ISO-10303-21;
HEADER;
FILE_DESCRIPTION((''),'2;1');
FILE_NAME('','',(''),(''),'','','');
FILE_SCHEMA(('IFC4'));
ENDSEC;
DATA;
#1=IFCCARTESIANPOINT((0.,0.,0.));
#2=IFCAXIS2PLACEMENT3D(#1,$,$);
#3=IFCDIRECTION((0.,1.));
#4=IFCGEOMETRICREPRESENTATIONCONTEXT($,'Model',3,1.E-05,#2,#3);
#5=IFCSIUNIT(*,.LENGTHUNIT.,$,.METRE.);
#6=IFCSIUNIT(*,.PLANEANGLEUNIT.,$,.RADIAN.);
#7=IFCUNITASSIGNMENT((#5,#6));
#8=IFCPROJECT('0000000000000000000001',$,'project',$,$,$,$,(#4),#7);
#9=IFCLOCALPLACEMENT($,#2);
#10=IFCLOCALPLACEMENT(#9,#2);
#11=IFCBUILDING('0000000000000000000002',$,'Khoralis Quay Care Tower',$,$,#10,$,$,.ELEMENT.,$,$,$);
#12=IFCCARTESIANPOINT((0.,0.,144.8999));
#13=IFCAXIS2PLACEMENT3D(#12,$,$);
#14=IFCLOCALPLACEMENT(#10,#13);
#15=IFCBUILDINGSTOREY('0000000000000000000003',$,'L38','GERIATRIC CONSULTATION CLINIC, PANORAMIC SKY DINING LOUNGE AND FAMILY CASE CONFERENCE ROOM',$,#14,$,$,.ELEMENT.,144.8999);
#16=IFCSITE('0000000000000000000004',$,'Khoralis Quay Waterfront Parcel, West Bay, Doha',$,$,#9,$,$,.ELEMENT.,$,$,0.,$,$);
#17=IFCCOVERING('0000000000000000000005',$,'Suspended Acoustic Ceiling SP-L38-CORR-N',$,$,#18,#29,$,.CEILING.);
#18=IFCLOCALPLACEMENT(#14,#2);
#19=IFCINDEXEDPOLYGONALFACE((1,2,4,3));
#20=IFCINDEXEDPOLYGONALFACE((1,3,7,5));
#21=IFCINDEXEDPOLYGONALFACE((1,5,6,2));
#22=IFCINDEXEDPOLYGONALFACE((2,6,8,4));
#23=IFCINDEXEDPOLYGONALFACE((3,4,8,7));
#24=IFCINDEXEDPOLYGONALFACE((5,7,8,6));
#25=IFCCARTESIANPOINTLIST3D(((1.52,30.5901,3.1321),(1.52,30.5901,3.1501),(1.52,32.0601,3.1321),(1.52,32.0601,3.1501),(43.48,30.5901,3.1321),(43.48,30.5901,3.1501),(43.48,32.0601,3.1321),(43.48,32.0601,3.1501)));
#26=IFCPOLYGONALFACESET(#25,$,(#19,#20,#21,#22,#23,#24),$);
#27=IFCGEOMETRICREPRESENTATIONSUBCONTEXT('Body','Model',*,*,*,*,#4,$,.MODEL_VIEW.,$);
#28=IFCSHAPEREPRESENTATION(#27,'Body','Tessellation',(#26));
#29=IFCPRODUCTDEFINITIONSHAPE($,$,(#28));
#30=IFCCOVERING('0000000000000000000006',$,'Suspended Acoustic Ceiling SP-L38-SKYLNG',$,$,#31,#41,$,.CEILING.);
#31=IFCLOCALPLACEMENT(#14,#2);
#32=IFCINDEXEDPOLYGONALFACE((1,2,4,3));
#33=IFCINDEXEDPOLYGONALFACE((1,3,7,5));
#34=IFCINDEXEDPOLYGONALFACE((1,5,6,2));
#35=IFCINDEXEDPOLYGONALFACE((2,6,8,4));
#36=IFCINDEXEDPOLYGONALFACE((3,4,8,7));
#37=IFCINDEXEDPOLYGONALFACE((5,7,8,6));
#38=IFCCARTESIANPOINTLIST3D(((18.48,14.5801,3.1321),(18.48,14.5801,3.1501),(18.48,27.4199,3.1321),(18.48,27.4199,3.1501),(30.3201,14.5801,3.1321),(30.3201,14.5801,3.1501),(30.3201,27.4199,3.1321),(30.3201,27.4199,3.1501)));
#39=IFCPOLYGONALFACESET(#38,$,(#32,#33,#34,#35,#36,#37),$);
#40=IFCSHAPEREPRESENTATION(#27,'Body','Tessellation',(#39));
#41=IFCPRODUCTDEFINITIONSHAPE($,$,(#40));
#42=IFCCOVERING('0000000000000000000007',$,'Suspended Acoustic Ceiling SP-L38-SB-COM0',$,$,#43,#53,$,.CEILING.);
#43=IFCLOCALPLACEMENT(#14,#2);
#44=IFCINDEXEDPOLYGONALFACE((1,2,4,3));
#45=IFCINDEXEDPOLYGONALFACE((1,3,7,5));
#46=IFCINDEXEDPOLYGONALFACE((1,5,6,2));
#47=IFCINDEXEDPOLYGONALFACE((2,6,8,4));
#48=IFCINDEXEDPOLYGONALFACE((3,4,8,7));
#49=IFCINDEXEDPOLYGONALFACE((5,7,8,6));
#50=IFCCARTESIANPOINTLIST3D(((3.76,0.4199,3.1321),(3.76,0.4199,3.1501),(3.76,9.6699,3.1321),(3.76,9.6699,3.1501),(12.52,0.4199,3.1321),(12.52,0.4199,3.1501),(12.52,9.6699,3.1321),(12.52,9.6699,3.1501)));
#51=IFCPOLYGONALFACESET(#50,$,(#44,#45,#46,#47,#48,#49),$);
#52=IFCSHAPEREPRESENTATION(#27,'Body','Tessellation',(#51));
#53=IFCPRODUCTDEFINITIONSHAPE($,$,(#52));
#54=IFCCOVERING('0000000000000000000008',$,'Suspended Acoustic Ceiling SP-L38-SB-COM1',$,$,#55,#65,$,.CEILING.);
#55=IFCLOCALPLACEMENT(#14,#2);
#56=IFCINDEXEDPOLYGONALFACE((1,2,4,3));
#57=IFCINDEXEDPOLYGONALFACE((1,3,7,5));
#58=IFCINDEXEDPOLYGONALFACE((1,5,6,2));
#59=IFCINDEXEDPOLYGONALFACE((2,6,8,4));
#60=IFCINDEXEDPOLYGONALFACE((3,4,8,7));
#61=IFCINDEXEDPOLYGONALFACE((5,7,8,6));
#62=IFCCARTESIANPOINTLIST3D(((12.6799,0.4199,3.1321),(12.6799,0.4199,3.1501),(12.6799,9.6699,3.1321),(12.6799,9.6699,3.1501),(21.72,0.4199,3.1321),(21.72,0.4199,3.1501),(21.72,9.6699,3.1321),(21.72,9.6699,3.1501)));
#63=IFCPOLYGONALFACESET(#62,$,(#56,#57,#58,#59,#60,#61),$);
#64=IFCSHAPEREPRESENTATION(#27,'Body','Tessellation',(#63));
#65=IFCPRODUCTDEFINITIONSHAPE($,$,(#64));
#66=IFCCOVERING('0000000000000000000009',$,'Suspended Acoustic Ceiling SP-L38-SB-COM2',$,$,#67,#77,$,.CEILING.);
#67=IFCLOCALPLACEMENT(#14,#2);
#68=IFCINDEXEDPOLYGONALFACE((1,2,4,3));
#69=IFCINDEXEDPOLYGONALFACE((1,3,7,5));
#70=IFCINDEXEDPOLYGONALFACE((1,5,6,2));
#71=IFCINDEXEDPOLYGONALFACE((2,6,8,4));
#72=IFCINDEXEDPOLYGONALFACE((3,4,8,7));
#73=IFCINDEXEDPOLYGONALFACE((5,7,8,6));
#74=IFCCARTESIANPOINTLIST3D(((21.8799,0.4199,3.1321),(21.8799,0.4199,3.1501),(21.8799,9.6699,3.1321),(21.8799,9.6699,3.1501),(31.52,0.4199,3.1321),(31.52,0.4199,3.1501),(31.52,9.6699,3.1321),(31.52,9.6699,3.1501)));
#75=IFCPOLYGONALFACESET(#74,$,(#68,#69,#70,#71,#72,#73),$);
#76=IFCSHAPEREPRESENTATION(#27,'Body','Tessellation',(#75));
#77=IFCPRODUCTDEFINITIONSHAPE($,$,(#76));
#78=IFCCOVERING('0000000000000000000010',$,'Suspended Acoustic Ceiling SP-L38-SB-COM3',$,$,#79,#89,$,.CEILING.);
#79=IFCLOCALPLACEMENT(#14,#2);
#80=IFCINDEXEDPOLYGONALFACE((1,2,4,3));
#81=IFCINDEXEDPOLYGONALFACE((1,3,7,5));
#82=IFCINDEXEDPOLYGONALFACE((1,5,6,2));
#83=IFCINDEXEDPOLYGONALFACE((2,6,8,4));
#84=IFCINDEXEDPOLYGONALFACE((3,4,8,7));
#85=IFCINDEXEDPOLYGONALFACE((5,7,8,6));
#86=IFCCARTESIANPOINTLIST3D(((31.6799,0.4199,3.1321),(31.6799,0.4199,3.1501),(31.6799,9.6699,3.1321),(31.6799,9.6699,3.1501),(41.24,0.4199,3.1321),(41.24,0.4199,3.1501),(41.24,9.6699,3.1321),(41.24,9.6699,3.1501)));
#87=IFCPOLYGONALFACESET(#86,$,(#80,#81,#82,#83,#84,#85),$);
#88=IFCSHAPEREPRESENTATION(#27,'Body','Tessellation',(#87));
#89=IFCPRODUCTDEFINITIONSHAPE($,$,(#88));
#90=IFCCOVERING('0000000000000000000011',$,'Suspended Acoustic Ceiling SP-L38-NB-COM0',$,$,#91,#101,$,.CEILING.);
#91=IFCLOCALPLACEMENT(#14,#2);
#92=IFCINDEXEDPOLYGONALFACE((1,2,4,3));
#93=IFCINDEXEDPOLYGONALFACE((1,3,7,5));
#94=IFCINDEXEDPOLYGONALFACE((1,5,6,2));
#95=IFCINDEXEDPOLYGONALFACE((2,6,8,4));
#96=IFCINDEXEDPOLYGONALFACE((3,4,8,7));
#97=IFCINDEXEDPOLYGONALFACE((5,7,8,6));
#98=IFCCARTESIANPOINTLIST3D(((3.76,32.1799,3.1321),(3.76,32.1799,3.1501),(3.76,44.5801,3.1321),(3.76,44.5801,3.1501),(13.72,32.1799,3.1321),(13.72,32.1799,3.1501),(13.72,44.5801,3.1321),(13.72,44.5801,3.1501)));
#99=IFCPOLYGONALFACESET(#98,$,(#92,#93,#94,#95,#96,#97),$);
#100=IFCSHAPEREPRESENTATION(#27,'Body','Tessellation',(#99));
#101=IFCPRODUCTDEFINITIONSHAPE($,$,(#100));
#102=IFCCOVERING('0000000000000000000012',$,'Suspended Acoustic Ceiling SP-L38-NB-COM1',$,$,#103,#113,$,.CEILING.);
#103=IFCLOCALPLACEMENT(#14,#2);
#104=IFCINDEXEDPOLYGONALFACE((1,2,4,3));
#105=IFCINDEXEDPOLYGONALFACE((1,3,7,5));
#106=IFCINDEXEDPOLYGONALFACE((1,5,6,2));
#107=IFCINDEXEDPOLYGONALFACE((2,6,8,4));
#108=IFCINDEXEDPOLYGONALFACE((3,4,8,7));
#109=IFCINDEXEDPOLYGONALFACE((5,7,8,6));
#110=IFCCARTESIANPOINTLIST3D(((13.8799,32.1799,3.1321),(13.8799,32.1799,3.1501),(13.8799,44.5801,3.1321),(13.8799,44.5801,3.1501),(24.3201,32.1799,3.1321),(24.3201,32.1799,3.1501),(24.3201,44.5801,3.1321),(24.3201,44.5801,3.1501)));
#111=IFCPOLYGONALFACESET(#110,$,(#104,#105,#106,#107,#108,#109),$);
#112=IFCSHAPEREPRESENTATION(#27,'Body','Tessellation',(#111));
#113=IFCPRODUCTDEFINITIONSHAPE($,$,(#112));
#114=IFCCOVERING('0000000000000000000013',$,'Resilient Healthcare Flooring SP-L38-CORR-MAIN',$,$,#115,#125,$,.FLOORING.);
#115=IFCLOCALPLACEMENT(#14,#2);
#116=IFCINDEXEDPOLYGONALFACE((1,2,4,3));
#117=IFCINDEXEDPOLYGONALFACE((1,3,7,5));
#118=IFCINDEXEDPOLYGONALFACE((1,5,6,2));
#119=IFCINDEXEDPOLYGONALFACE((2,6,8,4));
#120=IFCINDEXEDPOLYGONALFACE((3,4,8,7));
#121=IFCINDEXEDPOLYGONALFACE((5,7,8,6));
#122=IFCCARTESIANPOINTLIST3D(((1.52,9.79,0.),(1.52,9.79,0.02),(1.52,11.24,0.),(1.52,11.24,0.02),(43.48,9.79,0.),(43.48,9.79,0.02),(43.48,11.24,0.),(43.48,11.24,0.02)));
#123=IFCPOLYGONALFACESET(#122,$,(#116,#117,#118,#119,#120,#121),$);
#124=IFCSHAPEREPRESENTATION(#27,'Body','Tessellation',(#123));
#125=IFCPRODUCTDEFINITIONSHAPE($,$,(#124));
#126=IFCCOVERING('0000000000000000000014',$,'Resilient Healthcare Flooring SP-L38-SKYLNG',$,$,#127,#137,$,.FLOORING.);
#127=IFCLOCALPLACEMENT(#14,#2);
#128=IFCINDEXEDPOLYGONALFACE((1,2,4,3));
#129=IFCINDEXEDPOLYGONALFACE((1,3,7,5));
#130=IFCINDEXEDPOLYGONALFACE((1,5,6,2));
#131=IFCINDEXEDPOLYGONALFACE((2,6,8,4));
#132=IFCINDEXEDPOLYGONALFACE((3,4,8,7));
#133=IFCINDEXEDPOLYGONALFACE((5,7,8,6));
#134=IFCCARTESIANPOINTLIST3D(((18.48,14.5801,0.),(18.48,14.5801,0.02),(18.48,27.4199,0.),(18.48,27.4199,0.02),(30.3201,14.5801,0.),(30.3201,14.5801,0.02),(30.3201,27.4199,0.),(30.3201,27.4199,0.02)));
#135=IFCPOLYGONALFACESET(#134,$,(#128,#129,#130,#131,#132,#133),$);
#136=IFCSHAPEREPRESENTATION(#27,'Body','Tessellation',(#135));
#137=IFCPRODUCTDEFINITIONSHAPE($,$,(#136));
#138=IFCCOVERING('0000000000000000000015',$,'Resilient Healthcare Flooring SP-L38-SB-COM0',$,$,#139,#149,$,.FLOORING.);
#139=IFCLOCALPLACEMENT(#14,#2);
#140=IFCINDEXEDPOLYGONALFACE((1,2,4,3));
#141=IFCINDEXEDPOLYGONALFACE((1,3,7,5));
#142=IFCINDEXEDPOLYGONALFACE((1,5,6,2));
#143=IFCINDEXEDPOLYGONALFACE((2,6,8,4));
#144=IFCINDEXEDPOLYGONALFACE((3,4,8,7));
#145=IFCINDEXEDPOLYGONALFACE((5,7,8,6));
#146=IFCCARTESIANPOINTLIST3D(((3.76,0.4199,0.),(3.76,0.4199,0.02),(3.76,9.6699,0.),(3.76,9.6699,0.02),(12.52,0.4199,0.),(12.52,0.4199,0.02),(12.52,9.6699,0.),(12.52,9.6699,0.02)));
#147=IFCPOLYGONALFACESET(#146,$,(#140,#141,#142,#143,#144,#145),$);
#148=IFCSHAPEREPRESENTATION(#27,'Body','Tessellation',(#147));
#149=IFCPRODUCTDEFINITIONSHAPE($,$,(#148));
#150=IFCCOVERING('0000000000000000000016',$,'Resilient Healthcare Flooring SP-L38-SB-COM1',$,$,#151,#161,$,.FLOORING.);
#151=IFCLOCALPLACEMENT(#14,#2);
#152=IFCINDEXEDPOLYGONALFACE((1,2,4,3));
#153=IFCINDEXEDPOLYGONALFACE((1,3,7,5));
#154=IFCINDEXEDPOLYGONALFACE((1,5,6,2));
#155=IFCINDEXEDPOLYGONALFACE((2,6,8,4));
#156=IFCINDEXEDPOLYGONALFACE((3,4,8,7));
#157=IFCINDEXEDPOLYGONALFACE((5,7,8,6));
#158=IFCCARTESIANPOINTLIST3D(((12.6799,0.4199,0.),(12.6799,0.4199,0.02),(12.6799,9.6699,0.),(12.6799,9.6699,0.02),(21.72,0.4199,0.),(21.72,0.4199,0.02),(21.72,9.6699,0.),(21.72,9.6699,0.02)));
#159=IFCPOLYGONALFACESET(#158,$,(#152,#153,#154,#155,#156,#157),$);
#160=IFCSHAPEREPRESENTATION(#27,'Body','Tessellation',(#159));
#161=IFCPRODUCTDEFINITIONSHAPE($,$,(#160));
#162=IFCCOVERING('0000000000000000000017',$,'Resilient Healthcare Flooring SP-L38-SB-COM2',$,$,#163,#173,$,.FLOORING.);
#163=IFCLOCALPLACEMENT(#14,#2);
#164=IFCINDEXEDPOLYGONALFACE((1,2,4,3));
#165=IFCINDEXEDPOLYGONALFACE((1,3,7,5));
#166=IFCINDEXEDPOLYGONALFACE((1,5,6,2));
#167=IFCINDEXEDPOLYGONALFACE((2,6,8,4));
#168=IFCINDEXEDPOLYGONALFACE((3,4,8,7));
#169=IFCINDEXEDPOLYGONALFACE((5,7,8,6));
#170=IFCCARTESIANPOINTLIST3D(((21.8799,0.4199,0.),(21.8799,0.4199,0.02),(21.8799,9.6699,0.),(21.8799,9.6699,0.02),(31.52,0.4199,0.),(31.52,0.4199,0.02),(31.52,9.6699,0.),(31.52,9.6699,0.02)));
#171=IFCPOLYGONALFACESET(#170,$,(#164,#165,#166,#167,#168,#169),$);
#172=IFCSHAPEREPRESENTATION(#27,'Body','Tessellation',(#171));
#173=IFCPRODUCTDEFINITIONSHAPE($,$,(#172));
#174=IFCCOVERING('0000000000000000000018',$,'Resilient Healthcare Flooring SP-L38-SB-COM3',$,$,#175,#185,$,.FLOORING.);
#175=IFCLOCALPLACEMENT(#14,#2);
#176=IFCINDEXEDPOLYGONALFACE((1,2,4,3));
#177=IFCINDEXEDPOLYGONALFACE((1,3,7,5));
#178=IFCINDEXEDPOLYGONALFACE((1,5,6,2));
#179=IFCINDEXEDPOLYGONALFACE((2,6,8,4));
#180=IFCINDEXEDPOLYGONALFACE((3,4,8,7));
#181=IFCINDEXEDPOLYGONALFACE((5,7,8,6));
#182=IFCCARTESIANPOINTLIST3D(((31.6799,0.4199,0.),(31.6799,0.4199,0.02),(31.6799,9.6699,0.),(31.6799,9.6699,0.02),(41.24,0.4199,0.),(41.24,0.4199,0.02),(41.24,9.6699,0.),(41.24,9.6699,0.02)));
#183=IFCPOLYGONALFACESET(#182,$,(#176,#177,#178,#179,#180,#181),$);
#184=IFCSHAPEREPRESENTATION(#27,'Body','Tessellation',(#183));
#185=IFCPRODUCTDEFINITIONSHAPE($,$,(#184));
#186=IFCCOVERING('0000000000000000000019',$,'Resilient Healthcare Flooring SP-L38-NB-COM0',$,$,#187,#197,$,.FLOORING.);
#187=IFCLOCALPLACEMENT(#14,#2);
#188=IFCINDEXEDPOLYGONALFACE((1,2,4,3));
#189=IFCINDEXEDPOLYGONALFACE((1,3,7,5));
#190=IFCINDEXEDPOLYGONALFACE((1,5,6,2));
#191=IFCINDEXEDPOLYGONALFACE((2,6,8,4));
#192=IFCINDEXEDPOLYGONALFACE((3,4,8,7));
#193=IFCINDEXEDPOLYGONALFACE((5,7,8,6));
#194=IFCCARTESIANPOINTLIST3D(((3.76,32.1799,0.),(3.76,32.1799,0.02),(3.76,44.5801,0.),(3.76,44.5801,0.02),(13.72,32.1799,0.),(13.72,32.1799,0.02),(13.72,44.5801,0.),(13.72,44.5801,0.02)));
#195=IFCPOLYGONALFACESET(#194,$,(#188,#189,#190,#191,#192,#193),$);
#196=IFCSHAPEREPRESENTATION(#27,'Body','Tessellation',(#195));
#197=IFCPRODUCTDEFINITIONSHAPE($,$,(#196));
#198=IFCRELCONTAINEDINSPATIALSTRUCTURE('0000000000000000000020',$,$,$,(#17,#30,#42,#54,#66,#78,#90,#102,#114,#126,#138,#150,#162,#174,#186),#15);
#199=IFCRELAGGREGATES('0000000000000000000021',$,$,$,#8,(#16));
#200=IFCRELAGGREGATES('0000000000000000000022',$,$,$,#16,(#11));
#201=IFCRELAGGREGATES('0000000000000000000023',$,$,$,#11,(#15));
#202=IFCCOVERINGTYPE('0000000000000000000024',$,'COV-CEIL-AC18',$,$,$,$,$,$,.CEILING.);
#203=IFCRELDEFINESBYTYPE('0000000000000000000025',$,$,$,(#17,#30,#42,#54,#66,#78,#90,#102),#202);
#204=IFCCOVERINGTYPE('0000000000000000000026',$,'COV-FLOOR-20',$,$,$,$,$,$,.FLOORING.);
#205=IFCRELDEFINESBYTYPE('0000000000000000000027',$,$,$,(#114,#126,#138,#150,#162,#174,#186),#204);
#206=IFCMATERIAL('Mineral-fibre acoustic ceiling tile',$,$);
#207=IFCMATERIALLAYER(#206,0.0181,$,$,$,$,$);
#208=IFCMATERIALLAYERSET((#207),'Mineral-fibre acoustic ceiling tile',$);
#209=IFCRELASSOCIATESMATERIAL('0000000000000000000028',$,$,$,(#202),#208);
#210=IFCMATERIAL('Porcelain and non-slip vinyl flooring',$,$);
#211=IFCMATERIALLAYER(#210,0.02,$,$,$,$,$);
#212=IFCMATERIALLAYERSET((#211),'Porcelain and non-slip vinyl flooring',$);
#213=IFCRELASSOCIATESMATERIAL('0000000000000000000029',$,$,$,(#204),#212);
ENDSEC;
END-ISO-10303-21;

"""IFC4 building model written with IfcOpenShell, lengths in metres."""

from ifc_helpers import new_model, si_unit, direction, frame, origin, place, context, subcontext, project, spatial, polyline, outline, extrude, material, layer, layer_set, type_object, element, save


model = new_model("IFC4")

# Units and contexts
model_context = context("Model", 3, precision=1e-05, world=origin(), true_north=direction((0.0, 1.0)))
body_context = subcontext(model_context, "Body", "Model", "MODEL_VIEW")
ifc_project = project(units=[si_unit("LENGTHUNIT", "METRE"), si_unit("PLANEANGLEUNIT", "RADIAN")], contexts=[model_context])

# Site, building, storey
site_placement = place(None, origin())
site = spatial("IfcSite", under=ifc_project, at=site_placement, Name="Khoralis Quay Waterfront Parcel, West Bay, Doha", CompositionType="ELEMENT", RefElevation=0.0)
building_placement = place(site_placement, origin())
building = spatial("IfcBuilding", under=site, at=building_placement, Name="Khoralis Quay Care Tower", CompositionType="ELEMENT")
storey_placement = place(building_placement, frame((0.0, 0.0, 144.8999)))
storey = spatial("IfcBuildingStorey", under=building, at=storey_placement, Name="L38", Description="GERIATRIC CONSULTATION CLINIC, PANORAMIC SKY DINING LOUNGE AND FAMILY CASE CONFERENCE ROOM", CompositionType="ELEMENT", Elevation=144.8999)

# Coverings
ifc_material_1 = material(Name="Mineral-fibre acoustic ceiling tile")
ifc_layer_1 = layer(ifc_material_1, 0.0181)
ifc_layer_set_1 = layer_set([ifc_layer_1], Name="Mineral-fibre acoustic ceiling tile")
covering_type_1 = type_object("IfcCoveringType", Name="COV-CEIL-AC18", PredefinedType="CEILING", material=ifc_layer_set_1)
covering_1_placement = place(storey_placement, frame((0.0, 0.0, 3.1321)))
element("IfcCovering", 1, at=covering_1_placement, inside=storey, type_object=covering_type_1, Name="Suspended Acoustic Ceiling SP-L38-CORR-N", PredefinedType="CEILING", context=body_context, shape_type="SweptSolid", body=[
    extrude(outline(polyline([(1.52, 30.5901), (43.48, 30.5901), (43.48, 32.0601), (1.52, 32.0601), (1.52, 30.5901)])), origin(), (0.0, 0.0, 1.0), 0.0181),
])
covering_2_placement = place(storey_placement, frame((0.0, 0.0, 3.1321)))
element("IfcCovering", 2, at=covering_2_placement, inside=storey, type_object=covering_type_1, Name="Suspended Acoustic Ceiling SP-L38-SKYLNG", PredefinedType="CEILING", context=body_context, shape_type="SweptSolid", body=[
    extrude(outline(polyline([(18.48, 14.5801), (30.3201, 14.5801), (30.3201, 27.4199), (18.48, 27.4199), (18.48, 14.5801)])), origin(), (0.0, 0.0, 1.0), 0.0181),
])
covering_3_placement = place(storey_placement, frame((0.0, 0.0, 3.1321)))
element("IfcCovering", 3, at=covering_3_placement, inside=storey, type_object=covering_type_1, Name="Suspended Acoustic Ceiling SP-L38-SB-COM0", PredefinedType="CEILING", context=body_context, shape_type="SweptSolid", body=[
    extrude(outline(polyline([(3.76, 0.4199), (12.52, 0.4199), (12.52, 9.6699), (3.76, 9.6699), (3.76, 0.4199)])), origin(), (0.0, 0.0, 1.0), 0.0181),
])
covering_4_placement = place(storey_placement, frame((0.0, 0.0, 3.1321)))
element("IfcCovering", 4, at=covering_4_placement, inside=storey, type_object=covering_type_1, Name="Suspended Acoustic Ceiling SP-L38-SB-COM1", PredefinedType="CEILING", context=body_context, shape_type="SweptSolid", body=[
    extrude(outline(polyline([(12.6799, 0.4199), (21.72, 0.4199), (21.72, 9.6699), (12.6799, 9.6699), (12.6799, 0.4199)])), origin(), (0.0, 0.0, 1.0), 0.0181),
])
covering_5_placement = place(storey_placement, frame((0.0, 0.0, 3.1321)))
element("IfcCovering", 5, at=covering_5_placement, inside=storey, type_object=covering_type_1, Name="Suspended Acoustic Ceiling SP-L38-SB-COM2", PredefinedType="CEILING", context=body_context, shape_type="SweptSolid", body=[
    extrude(outline(polyline([(21.8799, 0.4199), (31.52, 0.4199), (31.52, 9.6699), (21.8799, 9.6699), (21.8799, 0.4199)])), origin(), (0.0, 0.0, 1.0), 0.0181),
])
covering_6_placement = place(storey_placement, frame((0.0, 0.0, 3.1321)))
element("IfcCovering", 6, at=covering_6_placement, inside=storey, type_object=covering_type_1, Name="Suspended Acoustic Ceiling SP-L38-SB-COM3", PredefinedType="CEILING", context=body_context, shape_type="SweptSolid", body=[
    extrude(outline(polyline([(31.6799, 0.4199), (41.24, 0.4199), (41.24, 9.6699), (31.6799, 9.6699), (31.6799, 0.4199)])), origin(), (0.0, 0.0, 1.0), 0.0181),
])
covering_7_placement = place(storey_placement, frame((0.0, 0.0, 3.1321)))
element("IfcCovering", 7, at=covering_7_placement, inside=storey, type_object=covering_type_1, Name="Suspended Acoustic Ceiling SP-L38-NB-COM0", PredefinedType="CEILING", context=body_context, shape_type="SweptSolid", body=[
    extrude(outline(polyline([(3.76, 32.1799), (13.72, 32.1799), (13.72, 44.5801), (3.76, 44.5801), (3.76, 32.1799)])), origin(), (0.0, 0.0, 1.0), 0.0181),
])
covering_8_placement = place(storey_placement, frame((0.0, 0.0, 3.1321)))
element("IfcCovering", 8, at=covering_8_placement, inside=storey, type_object=covering_type_1, Name="Suspended Acoustic Ceiling SP-L38-NB-COM1", PredefinedType="CEILING", context=body_context, shape_type="SweptSolid", body=[
    extrude(outline(polyline([(13.8799, 32.1799), (24.3201, 32.1799), (24.3201, 44.5801), (13.8799, 44.5801), (13.8799, 32.1799)])), origin(), (0.0, 0.0, 1.0), 0.0181),
])
ifc_material_2 = material(Name="Porcelain and non-slip vinyl flooring")
ifc_layer_2 = layer(ifc_material_2, 0.02)
ifc_layer_set_2 = layer_set([ifc_layer_2], Name="Porcelain and non-slip vinyl flooring")
covering_type_2 = type_object("IfcCoveringType", Name="COV-FLOOR-20", PredefinedType="FLOORING", material=ifc_layer_set_2)
covering_9_placement = place(storey_placement, origin())
element("IfcCovering", 9, at=covering_9_placement, inside=storey, type_object=covering_type_2, Name="Resilient Healthcare Flooring SP-L38-CORR-MAIN", PredefinedType="FLOORING", context=body_context, shape_type="SweptSolid", body=[
    extrude(outline(polyline([(1.52, 9.79), (43.48, 9.79), (43.48, 11.24), (1.52, 11.24), (1.52, 9.79)])), origin(), (0.0, 0.0, 1.0), 0.02),
])
covering_10_placement = place(storey_placement, origin())
element("IfcCovering", 10, at=covering_10_placement, inside=storey, type_object=covering_type_2, Name="Resilient Healthcare Flooring SP-L38-SKYLNG", PredefinedType="FLOORING", context=body_context, shape_type="SweptSolid", body=[
    extrude(outline(polyline([(18.48, 14.5801), (30.3201, 14.5801), (30.3201, 27.4199), (18.48, 27.4199), (18.48, 14.5801)])), origin(), (0.0, 0.0, 1.0), 0.02),
])
covering_11_placement = place(storey_placement, origin())
element("IfcCovering", 11, at=covering_11_placement, inside=storey, type_object=covering_type_2, Name="Resilient Healthcare Flooring SP-L38-SB-COM0", PredefinedType="FLOORING", context=body_context, shape_type="SweptSolid", body=[
    extrude(outline(polyline([(3.76, 0.4199), (12.52, 0.4199), (12.52, 9.6699), (3.76, 9.6699), (3.76, 0.4199)])), origin(), (0.0, 0.0, 1.0), 0.02),
])
covering_12_placement = place(storey_placement, origin())
element("IfcCovering", 12, at=covering_12_placement, inside=storey, type_object=covering_type_2, Name="Resilient Healthcare Flooring SP-L38-SB-COM1", PredefinedType="FLOORING", context=body_context, shape_type="SweptSolid", body=[
    extrude(outline(polyline([(12.6799, 0.4199), (21.72, 0.4199), (21.72, 9.6699), (12.6799, 9.6699), (12.6799, 0.4199)])), origin(), (0.0, 0.0, 1.0), 0.02),
])
covering_13_placement = place(storey_placement, origin())
element("IfcCovering", 13, at=covering_13_placement, inside=storey, type_object=covering_type_2, Name="Resilient Healthcare Flooring SP-L38-SB-COM2", PredefinedType="FLOORING", context=body_context, shape_type="SweptSolid", body=[
    extrude(outline(polyline([(21.8799, 0.4199), (31.52, 0.4199), (31.52, 9.6699), (21.8799, 9.6699), (21.8799, 0.4199)])), origin(), (0.0, 0.0, 1.0), 0.02),
])
covering_14_placement = place(storey_placement, origin())
element("IfcCovering", 14, at=covering_14_placement, inside=storey, type_object=covering_type_2, Name="Resilient Healthcare Flooring SP-L38-SB-COM3", PredefinedType="FLOORING", context=body_context, shape_type="SweptSolid", body=[
    extrude(outline(polyline([(31.6799, 0.4199), (41.24, 0.4199), (41.24, 9.6699), (31.6799, 9.6699), (31.6799, 0.4199)])), origin(), (0.0, 0.0, 1.0), 0.02),
])
covering_15_placement = place(storey_placement, origin())
element("IfcCovering", 15, at=covering_15_placement, inside=storey, type_object=covering_type_2, Name="Resilient Healthcare Flooring SP-L38-NB-COM0", PredefinedType="FLOORING", context=body_context, shape_type="SweptSolid", body=[
    extrude(outline(polyline([(3.76, 32.1799), (13.72, 32.1799), (13.72, 44.5801), (3.76, 44.5801), (3.76, 32.1799)])), origin(), (0.0, 0.0, 1.0), 0.02),
])

save(model, "model.ifc")
